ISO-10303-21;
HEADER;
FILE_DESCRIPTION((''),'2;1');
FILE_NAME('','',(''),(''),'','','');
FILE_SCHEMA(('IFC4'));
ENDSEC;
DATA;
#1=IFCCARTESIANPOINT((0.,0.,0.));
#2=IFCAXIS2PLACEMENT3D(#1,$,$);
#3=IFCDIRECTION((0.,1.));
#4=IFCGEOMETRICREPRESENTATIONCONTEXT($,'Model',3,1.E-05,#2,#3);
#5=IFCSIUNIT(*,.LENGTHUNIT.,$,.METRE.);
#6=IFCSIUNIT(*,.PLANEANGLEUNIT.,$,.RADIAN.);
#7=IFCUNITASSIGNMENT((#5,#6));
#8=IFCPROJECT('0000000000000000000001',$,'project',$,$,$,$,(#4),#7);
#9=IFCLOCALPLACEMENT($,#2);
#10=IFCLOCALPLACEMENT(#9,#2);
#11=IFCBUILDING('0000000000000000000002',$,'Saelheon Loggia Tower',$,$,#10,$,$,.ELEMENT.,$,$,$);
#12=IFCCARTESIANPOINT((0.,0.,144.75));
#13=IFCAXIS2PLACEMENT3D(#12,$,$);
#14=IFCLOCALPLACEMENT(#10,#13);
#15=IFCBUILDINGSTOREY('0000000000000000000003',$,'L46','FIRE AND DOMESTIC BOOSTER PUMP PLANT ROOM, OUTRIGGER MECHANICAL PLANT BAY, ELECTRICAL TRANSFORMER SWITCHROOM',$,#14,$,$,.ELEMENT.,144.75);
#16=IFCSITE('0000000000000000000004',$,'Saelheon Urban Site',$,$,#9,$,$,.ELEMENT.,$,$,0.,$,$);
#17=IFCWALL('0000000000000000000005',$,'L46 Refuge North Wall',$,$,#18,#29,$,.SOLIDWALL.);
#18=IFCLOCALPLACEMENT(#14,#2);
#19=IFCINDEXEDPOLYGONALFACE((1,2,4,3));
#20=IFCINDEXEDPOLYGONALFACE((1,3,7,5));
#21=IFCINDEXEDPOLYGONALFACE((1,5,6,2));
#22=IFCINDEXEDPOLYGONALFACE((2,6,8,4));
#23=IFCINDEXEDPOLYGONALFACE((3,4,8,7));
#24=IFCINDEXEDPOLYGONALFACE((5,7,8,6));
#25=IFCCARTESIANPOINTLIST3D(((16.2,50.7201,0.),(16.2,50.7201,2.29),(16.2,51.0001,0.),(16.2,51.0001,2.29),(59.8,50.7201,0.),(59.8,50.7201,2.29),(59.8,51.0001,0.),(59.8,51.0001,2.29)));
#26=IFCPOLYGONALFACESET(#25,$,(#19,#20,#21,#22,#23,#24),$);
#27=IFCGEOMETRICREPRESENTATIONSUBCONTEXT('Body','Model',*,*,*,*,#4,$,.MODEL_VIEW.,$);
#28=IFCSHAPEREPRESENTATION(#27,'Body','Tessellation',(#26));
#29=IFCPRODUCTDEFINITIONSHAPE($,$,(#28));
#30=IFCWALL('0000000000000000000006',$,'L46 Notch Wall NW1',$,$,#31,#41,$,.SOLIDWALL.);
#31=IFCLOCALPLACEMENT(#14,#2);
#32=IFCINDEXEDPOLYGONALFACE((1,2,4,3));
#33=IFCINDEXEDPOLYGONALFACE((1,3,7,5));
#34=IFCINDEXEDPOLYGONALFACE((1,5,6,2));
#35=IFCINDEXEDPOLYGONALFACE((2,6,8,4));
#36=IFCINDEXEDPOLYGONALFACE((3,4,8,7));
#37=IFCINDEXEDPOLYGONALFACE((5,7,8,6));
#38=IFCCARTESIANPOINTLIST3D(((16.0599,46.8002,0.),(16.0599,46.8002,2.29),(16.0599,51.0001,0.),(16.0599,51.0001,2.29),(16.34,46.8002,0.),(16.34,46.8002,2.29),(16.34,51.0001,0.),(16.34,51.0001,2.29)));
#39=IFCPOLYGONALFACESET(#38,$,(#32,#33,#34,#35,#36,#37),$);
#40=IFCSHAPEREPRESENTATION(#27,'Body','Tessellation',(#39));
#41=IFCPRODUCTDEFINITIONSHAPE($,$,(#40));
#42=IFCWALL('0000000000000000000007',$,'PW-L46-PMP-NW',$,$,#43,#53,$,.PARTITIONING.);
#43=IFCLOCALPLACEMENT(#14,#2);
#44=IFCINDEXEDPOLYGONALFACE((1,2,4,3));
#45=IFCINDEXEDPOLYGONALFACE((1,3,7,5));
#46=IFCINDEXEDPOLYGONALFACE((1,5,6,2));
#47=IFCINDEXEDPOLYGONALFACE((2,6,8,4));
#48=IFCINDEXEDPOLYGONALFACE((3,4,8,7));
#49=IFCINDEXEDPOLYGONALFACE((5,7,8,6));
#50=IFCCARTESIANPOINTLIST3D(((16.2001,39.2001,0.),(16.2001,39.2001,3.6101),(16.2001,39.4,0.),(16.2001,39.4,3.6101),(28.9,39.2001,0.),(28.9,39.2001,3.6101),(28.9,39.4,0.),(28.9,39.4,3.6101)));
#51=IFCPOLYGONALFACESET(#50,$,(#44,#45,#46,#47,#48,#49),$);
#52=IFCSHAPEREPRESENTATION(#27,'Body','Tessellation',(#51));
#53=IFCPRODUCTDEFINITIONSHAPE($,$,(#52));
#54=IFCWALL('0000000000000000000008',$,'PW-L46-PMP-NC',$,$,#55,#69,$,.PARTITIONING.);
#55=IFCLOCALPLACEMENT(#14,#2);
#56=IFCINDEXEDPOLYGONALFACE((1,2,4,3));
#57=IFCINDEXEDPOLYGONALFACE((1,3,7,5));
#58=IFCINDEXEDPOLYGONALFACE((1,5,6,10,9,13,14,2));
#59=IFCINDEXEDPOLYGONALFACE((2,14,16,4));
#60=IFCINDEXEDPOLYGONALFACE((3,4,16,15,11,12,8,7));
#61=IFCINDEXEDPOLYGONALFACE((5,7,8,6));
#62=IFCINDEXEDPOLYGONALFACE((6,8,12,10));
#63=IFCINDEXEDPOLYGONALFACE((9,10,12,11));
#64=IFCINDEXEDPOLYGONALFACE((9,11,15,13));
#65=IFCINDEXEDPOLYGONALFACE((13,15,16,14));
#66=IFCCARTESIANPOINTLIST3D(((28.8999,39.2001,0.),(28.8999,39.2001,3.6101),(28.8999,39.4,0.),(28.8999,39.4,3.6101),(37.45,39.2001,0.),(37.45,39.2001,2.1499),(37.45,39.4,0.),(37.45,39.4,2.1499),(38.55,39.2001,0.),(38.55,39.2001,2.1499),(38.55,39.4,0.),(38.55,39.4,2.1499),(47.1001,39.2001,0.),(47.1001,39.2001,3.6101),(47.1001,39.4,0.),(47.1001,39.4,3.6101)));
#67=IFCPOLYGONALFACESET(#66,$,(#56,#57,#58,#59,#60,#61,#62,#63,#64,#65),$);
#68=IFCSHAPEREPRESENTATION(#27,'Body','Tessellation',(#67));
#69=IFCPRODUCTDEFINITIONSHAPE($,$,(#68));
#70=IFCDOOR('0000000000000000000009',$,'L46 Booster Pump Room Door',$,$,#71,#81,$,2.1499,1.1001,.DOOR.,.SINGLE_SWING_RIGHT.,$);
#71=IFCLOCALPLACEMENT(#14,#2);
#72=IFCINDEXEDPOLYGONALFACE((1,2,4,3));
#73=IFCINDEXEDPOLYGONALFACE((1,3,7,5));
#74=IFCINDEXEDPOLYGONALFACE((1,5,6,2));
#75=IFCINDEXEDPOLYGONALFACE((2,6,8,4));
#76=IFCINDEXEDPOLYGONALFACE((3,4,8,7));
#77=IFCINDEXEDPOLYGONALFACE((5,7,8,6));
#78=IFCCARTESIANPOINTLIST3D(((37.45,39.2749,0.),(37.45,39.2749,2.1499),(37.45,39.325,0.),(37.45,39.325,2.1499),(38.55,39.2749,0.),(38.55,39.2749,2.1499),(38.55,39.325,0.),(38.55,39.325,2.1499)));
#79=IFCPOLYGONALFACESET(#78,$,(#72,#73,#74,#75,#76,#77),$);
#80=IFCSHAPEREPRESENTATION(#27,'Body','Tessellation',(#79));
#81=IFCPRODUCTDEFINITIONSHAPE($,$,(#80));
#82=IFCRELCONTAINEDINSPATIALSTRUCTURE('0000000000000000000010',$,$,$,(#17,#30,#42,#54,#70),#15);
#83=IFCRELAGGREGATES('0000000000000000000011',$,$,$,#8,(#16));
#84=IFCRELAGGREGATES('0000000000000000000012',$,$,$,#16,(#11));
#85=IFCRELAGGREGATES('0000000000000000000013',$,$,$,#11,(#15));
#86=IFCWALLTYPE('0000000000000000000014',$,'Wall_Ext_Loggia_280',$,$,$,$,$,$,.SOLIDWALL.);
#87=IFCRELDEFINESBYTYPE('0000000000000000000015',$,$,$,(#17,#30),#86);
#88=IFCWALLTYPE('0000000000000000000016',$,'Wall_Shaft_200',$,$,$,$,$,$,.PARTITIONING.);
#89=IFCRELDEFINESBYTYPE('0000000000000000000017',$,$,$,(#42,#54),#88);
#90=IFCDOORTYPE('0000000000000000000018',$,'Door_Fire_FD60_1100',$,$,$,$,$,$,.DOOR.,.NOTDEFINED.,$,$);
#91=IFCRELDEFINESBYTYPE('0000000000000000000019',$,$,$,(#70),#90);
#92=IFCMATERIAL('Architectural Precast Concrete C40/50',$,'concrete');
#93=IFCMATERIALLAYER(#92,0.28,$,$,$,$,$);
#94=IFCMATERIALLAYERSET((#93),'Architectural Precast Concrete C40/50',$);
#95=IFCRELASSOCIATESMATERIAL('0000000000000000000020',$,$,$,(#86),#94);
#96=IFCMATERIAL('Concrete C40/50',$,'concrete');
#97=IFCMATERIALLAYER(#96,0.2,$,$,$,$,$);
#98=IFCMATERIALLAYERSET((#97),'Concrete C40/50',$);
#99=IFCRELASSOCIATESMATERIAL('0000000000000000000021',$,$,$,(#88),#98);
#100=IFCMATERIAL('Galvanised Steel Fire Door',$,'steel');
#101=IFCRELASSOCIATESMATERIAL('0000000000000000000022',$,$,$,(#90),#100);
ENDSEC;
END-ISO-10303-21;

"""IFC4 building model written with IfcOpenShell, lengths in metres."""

from ifc_helpers import new_model, si_unit, direction, frame, frame_2d, origin, place, context, subcontext, project, spatial, rectangle, extrude, source, transform, mapped, material, layer, layer_set, type_object, element, fill, save


model = new_model("IFC4")

# Units and contexts
model_context = context("Model", 3, precision=1e-05, world=origin(), true_north=direction((0.0, 1.0)))
body_context = subcontext(model_context, "Body", "Model", "MODEL_VIEW")
ifc_project = project(units=[si_unit("LENGTHUNIT", "METRE"), si_unit("PLANEANGLEUNIT", "RADIAN")], contexts=[model_context])

# Site, building, storey
site_placement = place(None, origin())
site = spatial("IfcSite", under=ifc_project, at=site_placement, Name="Saelheon Urban Site", CompositionType="ELEMENT", RefElevation=0.0)
building_placement = place(site_placement, origin())
building = spatial("IfcBuilding", under=site, at=building_placement, Name="Saelheon Loggia Tower", CompositionType="ELEMENT")
storey_placement = place(building_placement, frame((0.0, 0.0, 144.75)))
storey = spatial("IfcBuildingStorey", under=building, at=storey_placement, Name="L46", Description="FIRE AND DOMESTIC BOOSTER PUMP PLANT ROOM, OUTRIGGER MECHANICAL PLANT BAY, ELECTRICAL TRANSFORMER SWITCHROOM", CompositionType="ELEMENT", Elevation=144.75)

# Shared definitions
ifc_material_1 = material(Name="Concrete C40/50", Category="concrete")

# Walls
ifc_material_2 = material(Name="Architectural Precast Concrete C40/50", Category="concrete")
ifc_layer_1 = layer(ifc_material_2, 0.28)
ifc_layer_set_1 = layer_set([ifc_layer_1], Name="Architectural Precast Concrete C40/50")
wall_type_1 = type_object("IfcWallType", Name="Wall_Ext_Loggia_280", PredefinedType="SOLIDWALL", material=ifc_layer_set_1)
wall_1_placement = place(storey_placement, frame((16.2, 50.8601, 0.0), z_axis=(0.0, 0.0, 1.0), x_axis=(1.0, 0.0, 0.0)))
element("IfcWall", 1, at=wall_1_placement, inside=storey, type_object=wall_type_1, Name="L46 Refuge North Wall", PredefinedType="SOLIDWALL", context=body_context, shape_type="SweptSolid", body=[
    extrude(rectangle(XDim=43.6001, YDim=0.28, at=frame_2d((21.8, 0.0))), origin(), (0.0, 0.0, 1.0), 2.29),
])
wall_2_placement = place(storey_placement, frame((16.2, 46.8, 0.0), z_axis=(0.0, 0.0, 1.0), x_axis=(0.0, 1.0, 0.0)))
element("IfcWall", 2, at=wall_2_placement, inside=storey, type_object=wall_type_1, Name="L46 Notch Wall NW1", PredefinedType="SOLIDWALL", context=body_context, shape_type="SweptSolid", body=[
    extrude(rectangle(XDim=4.2, YDim=0.28, at=frame_2d((2.1001, 0.0))), origin(), (0.0, 0.0, 1.0), 2.29),
])
ifc_layer_2 = layer(ifc_material_1, 0.2)
ifc_layer_set_2 = layer_set([ifc_layer_2], Name="Concrete C40/50")
wall_type_2 = type_object("IfcWallType", Name="Wall_Shaft_200", PredefinedType="PARTITIONING", material=ifc_layer_set_2)
wall_3_placement = place(storey_placement, frame((16.2, 39.3, 0.0), z_axis=(0.0, 0.0, 1.0), x_axis=(1.0, 0.0, 0.0)))
element("IfcWall", 3, at=wall_3_placement, inside=storey, type_object=wall_type_2, Name="PW-L46-PMP-NW", PredefinedType="PARTITIONING", context=body_context, shape_type="SweptSolid", body=[
    extrude(rectangle(XDim=12.7, YDim=0.2, at=frame_2d((6.3501, 0.0))), origin(), (0.0, 0.0, 1.0), 3.6101),
])

# Wall, opening, door
wall_4_placement = place(storey_placement, frame((28.8999, 39.3, 0.0), z_axis=(0.0, 0.0, 1.0), x_axis=(1.0, 0.0, 0.0)))
wall_4 = element("IfcWall", 4, at=wall_4_placement, inside=storey, type_object=wall_type_2, Name="PW-L46-PMP-NC", PredefinedType="PARTITIONING", context=body_context, shape_type="SweptSolid", body=[
    extrude(rectangle(XDim=18.2002, YDim=0.2, at=frame_2d((9.1001, 0.0))), origin(), (0.0, 0.0, 1.0), 3.6101),
])
opening_placement = place(wall_4_placement, frame((8.55, 0.0, 0.0)))
opening = element("IfcOpeningElement", 5, at=opening_placement, cuts=wall_4, PredefinedType="OPENING", context=body_context, shape_type="SweptSolid", body=[
    extrude(rectangle(XDim=1.1001, YDim=2.1499, at=frame_2d((0.55, 1.075))), frame((0.0, 0.1121, 0.0), z_axis=(0.0, -1.0, 0.0), x_axis=(1.0, 0.0, 0.0)), (0.0, 0.0, 1.0), 0.2239),
])
ifc_material_3 = material(Name="Galvanised Steel Fire Door", Category="steel")
door_type = type_object("IfcDoorType", Name="Door_Fire_FD60_1100", OperationType="NOTDEFINED", PredefinedType="DOOR", material=ifc_material_3)
shared_shape_1 = source(origin(), body_context, "Body", "SweptSolid", [
    extrude(rectangle(XDim=1.1001, YDim=2.1499, at=frame_2d((0.55, 1.075))), frame((0.0, 0.0249, 0.0), z_axis=(0.0, -1.0, 0.0), x_axis=(1.0, 0.0, 0.0)), (0.0, 0.0, 1.0), 0.05),
])
door_placement = place(opening_placement, origin())
door = element("IfcDoor", 6, at=door_placement, inside=storey, type_object=door_type, Name="L46 Booster Pump Room Door", OperationType="SINGLE_SWING_RIGHT", OverallHeight=2.1499, OverallWidth=1.1001, PredefinedType="DOOR", context=body_context, shape_type="MappedRepresentation", body=[
    mapped(shared_shape_1, transform((0.0, 0.0, 0.0), scale=1.0)),
])
fill(opening, door)

save(model, "model.ifc")
